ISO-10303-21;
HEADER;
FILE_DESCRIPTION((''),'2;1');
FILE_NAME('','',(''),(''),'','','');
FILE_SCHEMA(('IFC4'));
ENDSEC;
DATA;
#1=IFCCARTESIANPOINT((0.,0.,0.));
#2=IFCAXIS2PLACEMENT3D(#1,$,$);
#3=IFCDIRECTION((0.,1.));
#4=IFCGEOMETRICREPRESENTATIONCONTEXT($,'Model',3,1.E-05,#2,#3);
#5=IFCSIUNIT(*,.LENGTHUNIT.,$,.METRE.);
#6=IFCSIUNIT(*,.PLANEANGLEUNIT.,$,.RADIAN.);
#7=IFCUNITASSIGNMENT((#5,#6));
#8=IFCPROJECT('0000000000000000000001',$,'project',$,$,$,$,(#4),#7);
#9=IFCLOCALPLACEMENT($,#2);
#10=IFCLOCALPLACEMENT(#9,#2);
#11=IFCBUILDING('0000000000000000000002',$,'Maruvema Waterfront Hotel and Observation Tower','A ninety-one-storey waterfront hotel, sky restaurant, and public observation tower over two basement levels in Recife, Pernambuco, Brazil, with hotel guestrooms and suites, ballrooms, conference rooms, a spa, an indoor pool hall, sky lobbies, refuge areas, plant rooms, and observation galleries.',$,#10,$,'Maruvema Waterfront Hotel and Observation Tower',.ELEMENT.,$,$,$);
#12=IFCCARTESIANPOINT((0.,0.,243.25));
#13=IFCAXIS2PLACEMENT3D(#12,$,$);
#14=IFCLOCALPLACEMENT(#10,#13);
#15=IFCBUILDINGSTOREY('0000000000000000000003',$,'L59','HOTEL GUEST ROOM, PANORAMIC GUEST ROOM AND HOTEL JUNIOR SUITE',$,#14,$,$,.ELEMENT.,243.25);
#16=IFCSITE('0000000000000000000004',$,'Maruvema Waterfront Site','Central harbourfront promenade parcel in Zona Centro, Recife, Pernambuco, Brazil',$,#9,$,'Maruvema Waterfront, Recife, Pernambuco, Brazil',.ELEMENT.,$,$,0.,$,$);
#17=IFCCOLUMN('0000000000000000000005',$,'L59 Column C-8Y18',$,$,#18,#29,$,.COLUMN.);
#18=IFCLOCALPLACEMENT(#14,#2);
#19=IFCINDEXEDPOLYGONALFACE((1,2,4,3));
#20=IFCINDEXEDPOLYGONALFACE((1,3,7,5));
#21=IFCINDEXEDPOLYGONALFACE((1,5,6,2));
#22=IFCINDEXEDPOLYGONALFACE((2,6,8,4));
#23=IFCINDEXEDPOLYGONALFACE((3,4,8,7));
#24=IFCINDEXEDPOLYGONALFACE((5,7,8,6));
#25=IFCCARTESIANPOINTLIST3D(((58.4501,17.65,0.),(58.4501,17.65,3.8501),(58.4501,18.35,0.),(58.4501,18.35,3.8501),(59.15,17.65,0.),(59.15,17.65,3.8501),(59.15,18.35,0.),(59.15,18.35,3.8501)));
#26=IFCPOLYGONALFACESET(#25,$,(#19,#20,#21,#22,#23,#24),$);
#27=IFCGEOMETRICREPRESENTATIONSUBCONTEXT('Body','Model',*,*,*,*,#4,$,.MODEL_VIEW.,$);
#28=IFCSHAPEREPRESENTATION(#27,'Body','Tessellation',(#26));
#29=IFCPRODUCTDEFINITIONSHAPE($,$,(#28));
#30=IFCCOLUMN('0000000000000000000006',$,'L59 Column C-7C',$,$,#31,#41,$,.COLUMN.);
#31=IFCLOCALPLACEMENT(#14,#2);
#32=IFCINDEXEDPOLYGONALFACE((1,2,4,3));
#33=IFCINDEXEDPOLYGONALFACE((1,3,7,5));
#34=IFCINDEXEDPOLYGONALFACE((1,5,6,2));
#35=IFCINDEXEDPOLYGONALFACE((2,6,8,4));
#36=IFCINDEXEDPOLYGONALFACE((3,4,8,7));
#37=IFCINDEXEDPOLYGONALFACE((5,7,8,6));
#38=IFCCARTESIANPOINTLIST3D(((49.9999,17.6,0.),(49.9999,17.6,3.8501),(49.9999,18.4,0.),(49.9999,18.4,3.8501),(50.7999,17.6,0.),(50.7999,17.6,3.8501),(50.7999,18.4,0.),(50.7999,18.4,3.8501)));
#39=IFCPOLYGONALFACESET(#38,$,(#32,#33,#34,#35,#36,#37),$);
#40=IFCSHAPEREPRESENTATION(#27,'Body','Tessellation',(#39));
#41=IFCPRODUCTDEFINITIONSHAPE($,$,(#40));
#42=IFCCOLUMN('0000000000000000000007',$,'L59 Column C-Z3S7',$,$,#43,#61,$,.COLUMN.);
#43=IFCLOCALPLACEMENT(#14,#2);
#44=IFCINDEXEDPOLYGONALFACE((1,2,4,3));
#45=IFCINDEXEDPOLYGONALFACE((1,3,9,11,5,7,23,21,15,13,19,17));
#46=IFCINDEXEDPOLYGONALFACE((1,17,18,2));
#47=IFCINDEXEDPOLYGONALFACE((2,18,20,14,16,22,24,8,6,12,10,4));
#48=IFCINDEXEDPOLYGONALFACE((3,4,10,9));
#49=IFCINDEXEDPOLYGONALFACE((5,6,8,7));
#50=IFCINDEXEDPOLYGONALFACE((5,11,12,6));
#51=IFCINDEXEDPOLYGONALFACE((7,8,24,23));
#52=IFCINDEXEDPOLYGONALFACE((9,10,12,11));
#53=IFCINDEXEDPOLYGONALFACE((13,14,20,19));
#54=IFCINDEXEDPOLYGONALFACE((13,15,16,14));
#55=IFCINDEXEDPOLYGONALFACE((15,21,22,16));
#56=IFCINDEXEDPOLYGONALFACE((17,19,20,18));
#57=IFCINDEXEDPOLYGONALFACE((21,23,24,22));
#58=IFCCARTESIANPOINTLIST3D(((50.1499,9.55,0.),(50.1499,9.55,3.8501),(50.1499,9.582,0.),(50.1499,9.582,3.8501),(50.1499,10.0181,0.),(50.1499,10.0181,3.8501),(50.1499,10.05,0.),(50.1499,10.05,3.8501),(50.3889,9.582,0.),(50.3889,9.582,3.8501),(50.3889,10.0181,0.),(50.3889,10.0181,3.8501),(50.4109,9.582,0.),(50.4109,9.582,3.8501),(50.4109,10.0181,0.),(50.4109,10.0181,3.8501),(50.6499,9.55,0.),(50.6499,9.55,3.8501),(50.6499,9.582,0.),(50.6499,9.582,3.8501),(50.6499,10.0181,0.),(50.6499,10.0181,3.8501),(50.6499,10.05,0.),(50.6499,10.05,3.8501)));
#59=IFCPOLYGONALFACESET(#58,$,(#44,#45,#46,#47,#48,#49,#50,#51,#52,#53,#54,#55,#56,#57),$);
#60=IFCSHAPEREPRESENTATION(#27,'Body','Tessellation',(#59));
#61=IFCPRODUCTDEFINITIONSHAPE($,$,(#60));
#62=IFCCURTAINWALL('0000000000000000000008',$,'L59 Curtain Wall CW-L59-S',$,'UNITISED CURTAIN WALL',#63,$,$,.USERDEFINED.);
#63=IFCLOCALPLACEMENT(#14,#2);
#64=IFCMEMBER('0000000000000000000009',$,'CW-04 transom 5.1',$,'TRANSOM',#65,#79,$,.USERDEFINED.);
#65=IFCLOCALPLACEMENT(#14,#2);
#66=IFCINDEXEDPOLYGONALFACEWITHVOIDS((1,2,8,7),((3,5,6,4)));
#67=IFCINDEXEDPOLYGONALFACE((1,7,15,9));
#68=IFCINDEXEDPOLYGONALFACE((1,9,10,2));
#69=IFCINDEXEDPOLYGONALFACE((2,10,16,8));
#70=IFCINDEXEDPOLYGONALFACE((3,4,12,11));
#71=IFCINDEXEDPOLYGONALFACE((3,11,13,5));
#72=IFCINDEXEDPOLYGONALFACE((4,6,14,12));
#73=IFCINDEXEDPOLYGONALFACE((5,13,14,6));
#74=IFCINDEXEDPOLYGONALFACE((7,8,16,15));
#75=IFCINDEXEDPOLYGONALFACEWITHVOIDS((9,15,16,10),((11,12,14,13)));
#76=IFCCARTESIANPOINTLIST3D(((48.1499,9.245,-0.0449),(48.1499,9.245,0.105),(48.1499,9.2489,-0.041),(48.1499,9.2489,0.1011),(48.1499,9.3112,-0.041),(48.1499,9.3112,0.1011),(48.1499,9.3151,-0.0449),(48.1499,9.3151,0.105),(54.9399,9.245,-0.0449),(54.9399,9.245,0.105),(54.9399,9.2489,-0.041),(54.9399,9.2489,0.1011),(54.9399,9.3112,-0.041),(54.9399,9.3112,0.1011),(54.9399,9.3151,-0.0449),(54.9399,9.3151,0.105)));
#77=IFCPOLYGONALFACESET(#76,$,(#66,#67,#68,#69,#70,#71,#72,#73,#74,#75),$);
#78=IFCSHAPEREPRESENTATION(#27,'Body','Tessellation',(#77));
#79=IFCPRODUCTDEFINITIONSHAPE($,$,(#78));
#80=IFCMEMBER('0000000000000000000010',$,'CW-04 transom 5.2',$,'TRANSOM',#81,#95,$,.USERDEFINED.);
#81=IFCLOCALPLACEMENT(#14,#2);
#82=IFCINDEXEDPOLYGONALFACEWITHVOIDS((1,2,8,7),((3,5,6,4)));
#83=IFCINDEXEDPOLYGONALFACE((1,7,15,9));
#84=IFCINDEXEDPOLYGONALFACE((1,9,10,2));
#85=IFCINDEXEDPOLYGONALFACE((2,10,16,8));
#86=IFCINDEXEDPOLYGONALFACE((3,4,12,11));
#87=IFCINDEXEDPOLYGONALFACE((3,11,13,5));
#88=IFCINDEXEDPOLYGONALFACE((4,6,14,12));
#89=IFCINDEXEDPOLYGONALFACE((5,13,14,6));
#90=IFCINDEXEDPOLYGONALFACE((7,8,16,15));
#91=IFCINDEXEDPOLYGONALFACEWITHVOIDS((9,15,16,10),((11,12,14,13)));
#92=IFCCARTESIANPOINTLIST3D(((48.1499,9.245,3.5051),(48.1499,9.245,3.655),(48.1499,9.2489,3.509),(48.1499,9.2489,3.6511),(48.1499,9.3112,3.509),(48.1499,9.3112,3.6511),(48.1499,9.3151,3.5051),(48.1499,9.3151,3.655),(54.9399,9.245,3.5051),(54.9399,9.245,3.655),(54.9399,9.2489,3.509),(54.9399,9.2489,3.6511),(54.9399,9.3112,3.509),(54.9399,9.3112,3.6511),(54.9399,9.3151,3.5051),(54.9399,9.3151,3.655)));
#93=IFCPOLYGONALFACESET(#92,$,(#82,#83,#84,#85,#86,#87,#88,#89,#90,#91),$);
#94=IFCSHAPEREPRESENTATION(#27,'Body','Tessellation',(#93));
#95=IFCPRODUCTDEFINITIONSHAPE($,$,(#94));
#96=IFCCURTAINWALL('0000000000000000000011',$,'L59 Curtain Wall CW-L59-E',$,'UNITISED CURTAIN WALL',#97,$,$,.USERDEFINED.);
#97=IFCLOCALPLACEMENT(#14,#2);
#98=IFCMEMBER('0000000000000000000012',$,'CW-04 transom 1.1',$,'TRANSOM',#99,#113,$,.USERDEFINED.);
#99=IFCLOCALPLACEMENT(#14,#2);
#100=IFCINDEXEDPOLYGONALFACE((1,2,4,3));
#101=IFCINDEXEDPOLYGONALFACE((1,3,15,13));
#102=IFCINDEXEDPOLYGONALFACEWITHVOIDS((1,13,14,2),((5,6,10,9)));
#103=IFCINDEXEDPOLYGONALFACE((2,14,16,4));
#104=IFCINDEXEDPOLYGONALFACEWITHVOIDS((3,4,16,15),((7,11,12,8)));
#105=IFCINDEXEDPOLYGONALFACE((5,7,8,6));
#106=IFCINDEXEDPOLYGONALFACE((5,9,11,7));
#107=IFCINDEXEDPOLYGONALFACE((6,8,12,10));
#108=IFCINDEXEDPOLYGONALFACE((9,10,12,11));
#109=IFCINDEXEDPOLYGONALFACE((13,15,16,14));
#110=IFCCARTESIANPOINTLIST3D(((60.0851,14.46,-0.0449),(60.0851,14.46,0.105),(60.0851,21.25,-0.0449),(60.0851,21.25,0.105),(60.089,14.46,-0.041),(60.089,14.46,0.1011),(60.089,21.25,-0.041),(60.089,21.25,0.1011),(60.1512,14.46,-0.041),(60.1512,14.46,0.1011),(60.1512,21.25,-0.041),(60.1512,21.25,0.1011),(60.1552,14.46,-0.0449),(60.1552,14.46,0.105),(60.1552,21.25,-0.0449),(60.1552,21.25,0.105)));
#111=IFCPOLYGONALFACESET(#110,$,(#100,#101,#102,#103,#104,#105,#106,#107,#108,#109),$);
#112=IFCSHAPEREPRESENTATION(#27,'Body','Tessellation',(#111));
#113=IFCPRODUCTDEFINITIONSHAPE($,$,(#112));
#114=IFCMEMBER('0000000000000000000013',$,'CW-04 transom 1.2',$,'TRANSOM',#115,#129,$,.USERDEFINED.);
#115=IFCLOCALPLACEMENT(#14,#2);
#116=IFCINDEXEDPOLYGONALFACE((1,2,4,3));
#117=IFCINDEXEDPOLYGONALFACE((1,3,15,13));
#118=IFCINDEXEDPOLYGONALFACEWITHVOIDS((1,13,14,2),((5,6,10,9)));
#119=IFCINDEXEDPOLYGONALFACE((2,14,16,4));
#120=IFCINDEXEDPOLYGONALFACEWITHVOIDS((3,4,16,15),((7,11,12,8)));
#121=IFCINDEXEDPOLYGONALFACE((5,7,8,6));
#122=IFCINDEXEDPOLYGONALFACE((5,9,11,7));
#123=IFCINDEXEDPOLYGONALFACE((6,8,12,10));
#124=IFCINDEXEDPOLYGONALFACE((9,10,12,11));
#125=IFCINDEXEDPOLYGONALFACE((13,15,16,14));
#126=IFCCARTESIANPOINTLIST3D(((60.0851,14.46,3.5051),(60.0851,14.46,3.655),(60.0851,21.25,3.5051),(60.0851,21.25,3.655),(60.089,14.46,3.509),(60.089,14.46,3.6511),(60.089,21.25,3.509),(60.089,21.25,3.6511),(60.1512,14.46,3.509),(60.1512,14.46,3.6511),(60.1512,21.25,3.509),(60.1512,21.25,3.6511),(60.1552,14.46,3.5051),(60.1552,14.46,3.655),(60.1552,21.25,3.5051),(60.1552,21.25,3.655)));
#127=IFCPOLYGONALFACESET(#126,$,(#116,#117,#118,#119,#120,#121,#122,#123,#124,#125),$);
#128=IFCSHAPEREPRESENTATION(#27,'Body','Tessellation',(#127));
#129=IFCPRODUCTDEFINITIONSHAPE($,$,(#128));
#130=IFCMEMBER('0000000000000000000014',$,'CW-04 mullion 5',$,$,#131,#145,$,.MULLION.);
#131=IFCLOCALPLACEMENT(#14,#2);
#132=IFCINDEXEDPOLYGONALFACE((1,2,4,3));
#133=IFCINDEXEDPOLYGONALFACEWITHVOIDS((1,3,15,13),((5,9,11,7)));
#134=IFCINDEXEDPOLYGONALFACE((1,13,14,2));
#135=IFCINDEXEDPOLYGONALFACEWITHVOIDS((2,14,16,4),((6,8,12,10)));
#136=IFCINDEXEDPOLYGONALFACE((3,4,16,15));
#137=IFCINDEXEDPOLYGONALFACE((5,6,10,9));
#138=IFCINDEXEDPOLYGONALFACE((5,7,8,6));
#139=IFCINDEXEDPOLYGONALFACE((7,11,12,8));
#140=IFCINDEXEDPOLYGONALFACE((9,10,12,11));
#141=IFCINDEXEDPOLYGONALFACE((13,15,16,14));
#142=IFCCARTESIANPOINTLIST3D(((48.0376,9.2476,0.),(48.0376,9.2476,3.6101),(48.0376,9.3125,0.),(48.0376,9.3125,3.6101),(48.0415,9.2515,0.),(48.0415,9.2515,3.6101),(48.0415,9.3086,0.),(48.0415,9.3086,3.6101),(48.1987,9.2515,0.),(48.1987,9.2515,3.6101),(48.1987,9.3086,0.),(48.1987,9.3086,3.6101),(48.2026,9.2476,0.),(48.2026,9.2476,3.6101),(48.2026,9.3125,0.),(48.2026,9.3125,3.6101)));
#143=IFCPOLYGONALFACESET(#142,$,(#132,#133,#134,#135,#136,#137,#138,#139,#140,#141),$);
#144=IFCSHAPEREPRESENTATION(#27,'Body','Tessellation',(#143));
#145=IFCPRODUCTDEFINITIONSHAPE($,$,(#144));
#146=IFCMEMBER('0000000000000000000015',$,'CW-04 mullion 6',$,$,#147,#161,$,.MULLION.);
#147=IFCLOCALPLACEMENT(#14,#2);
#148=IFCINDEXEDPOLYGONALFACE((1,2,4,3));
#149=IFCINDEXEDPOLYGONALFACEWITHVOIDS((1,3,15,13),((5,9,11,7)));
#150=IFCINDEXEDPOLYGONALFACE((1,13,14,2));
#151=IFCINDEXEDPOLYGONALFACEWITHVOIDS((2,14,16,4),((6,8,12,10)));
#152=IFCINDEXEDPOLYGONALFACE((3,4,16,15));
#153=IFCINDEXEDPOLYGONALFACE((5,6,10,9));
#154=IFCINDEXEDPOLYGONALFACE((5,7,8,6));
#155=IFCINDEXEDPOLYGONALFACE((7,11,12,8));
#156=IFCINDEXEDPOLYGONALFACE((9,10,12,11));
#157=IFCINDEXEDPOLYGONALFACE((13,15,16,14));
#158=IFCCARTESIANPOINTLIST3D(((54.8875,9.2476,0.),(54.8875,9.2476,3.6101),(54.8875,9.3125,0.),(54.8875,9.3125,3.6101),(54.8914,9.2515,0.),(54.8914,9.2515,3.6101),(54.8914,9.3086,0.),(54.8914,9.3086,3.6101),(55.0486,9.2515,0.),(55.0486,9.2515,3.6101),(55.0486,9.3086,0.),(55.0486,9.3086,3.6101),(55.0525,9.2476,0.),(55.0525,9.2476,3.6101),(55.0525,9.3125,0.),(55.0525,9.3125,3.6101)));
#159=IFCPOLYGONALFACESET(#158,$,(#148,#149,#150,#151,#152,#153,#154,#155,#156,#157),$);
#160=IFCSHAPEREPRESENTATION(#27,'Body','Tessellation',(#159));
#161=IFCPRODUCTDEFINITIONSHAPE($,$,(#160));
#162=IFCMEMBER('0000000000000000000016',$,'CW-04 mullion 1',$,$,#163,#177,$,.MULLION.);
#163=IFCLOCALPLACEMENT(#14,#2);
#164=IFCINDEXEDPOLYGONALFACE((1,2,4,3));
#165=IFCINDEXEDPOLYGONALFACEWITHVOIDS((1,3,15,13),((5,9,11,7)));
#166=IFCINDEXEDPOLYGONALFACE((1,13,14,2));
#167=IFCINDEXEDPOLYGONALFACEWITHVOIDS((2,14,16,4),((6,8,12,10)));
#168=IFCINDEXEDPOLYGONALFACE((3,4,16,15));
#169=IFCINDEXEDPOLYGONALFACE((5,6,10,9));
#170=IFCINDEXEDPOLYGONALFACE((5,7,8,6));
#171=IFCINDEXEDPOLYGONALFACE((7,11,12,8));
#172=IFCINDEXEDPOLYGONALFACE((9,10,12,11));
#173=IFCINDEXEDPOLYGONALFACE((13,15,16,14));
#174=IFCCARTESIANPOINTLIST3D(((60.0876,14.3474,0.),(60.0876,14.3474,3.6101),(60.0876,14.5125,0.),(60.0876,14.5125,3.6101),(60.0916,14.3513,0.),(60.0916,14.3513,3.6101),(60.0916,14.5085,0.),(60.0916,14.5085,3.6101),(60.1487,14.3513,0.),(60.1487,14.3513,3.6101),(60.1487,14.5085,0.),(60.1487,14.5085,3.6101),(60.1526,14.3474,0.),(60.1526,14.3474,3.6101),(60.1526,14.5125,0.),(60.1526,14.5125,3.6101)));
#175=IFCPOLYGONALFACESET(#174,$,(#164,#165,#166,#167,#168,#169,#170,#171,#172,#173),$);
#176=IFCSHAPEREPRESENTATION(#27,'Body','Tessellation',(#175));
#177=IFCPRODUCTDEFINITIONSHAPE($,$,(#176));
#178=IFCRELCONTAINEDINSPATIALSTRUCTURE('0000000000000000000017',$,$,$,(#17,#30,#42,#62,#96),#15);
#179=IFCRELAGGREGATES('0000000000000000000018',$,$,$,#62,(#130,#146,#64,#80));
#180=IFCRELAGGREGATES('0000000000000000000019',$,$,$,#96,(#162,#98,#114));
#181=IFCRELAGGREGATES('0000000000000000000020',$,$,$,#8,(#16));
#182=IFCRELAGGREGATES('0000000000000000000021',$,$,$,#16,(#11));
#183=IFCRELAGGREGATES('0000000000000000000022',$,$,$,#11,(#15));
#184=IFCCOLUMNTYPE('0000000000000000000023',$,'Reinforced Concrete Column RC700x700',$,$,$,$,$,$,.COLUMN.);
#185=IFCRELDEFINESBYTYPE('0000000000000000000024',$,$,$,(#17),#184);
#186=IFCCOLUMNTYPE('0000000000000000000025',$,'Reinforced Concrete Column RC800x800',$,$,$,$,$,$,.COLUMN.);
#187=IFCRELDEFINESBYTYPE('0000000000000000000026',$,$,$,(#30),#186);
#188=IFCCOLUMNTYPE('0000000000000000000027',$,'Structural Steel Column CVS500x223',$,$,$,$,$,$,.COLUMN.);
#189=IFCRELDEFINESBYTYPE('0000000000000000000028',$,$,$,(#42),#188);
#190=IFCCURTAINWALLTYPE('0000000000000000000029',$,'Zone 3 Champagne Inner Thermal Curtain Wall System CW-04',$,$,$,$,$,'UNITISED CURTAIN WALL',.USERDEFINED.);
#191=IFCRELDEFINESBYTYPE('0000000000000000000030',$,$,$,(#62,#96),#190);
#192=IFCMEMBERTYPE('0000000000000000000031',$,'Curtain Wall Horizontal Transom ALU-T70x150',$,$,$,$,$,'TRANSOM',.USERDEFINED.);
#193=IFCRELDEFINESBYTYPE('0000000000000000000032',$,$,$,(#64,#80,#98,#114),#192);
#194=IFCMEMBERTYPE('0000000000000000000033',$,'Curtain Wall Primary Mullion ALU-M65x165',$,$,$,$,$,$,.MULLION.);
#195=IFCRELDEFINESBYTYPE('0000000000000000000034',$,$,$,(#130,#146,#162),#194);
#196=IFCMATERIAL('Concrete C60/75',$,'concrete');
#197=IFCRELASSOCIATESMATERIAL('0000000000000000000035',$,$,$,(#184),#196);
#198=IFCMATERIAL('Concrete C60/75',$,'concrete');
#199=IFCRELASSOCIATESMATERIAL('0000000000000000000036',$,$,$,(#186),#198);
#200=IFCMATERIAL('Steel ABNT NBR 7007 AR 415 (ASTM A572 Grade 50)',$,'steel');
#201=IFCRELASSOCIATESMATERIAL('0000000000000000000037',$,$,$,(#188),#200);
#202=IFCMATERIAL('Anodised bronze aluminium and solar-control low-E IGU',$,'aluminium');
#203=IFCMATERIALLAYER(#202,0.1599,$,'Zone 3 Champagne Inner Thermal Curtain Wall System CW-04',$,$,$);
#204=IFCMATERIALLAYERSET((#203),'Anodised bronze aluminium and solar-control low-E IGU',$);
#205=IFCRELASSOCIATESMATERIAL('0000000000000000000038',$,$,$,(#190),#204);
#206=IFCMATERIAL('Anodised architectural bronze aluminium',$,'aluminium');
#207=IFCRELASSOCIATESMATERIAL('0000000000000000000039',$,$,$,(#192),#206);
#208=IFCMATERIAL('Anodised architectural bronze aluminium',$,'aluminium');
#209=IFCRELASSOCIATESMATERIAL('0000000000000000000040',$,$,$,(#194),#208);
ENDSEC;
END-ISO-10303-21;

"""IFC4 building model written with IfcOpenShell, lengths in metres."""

from ifc_helpers import new_model, si_unit, direction, frame, origin, origin_2d, place, context, subcontext, project, spatial, rectangle, hollow_rectangle, i_section, extrude, material, layer, layer_set, material_profile, profile_set, type_object, element, aggregate, save


model = new_model("IFC4")

# Units and contexts
model_context = context("Model", 3, precision=1e-05, world=origin(), true_north=direction((0.0, 1.0)))
body_context = subcontext(model_context, "Body", "Model", "MODEL_VIEW")
ifc_project = project(units=[si_unit("LENGTHUNIT", "METRE"), si_unit("PLANEANGLEUNIT", "RADIAN")], contexts=[model_context])

# Site, building, storey
site_placement = place(None, origin())
site = spatial("IfcSite", under=ifc_project, at=site_placement, Name="Maruvema Waterfront Site", Description="Central harbourfront promenade parcel in Zona Centro, Recife, Pernambuco, Brazil", LongName="Maruvema Waterfront, Recife, Pernambuco, Brazil", CompositionType="ELEMENT", RefElevation=0.0)
building_placement = place(site_placement, origin())
building = spatial("IfcBuilding", under=site, at=building_placement, Name="Maruvema Waterfront Hotel and Observation Tower", Description="A ninety-one-storey waterfront hotel, sky restaurant, and public observation tower over two basement levels in Recife, Pernambuco, Brazil, with hotel guestrooms and suites, ballrooms, conference rooms, a spa, an indoor pool hall, sky lobbies, refuge areas, plant rooms, and observation galleries.", LongName="Maruvema Waterfront Hotel and Observation Tower", CompositionType="ELEMENT")
storey_placement = place(building_placement, frame((0.0, 0.0, 243.25)))
storey = spatial("IfcBuildingStorey", under=building, at=storey_placement, Name="L59", Description="HOTEL GUEST ROOM, PANORAMIC GUEST ROOM AND HOTEL JUNIOR SUITE", CompositionType="ELEMENT", Elevation=243.25)

# Columns
ifc_material_1 = material(Name="Concrete C60/75", Category="concrete")
ifc_material_profile_1 = material_profile(ifc_material_1, rectangle(XDim=0.7, YDim=0.7, at=origin_2d()), Name="RC700x700")
ifc_profile_set_1 = profile_set([ifc_material_profile_1], Name="Concrete C60/75")
column_type_1 = type_object("IfcColumnType", Name="Reinforced Concrete Column RC700x700", PredefinedType="COLUMN", material=ifc_profile_set_1)
column_1_placement = place(storey_placement, frame((58.8, 18.0, 0.0), z_axis=(0.0, 0.0, 1.0), x_axis=(1.0, 0.0, 0.0)))
element("IfcColumn", 1, at=column_1_placement, inside=storey, type_object=column_type_1, Name="L59 Column C-8Y18", PredefinedType="COLUMN", context=body_context, shape_type="SweptSolid", body=[
    extrude(rectangle(XDim=0.7, YDim=0.7, at=origin_2d()), origin(), (0.0, 0.0, 1.0), 3.8501),
])
ifc_material_2 = material(Name="Concrete C60/75", Category="concrete")
ifc_material_profile_2 = material_profile(ifc_material_2, rectangle(XDim=0.8, YDim=0.8, at=origin_2d()), Name="RC800x800")
ifc_profile_set_2 = profile_set([ifc_material_profile_2], Name="Concrete C60/75")
column_type_2 = type_object("IfcColumnType", Name="Reinforced Concrete Column RC800x800", PredefinedType="COLUMN", material=ifc_profile_set_2)
column_2_placement = place(storey_placement, frame((50.3999, 18.0, 0.0), z_axis=(0.0, 0.0, 1.0), x_axis=(1.0, 0.0, 0.0)))
element("IfcColumn", 2, at=column_2_placement, inside=storey, type_object=column_type_2, Name="L59 Column C-7C", PredefinedType="COLUMN", context=body_context, shape_type="SweptSolid", body=[
    extrude(rectangle(XDim=0.8, YDim=0.8, at=origin_2d()), origin(), (0.0, 0.0, 1.0), 3.8501),
])
ifc_material_3 = material(Name="Steel ABNT NBR 7007 AR 415 (ASTM A572 Grade 50)", Category="steel")
ifc_material_profile_3 = material_profile(ifc_material_3, i_section(OverallWidth=0.5, OverallDepth=0.5, WebThickness=0.022, FlangeThickness=0.032, at=origin_2d()), Name="CVS500x223")
ifc_profile_set_3 = profile_set([ifc_material_profile_3], Name="Steel ABNT NBR 7007 AR 415 (ASTM A572 Grade 50)")
column_type_3 = type_object("IfcColumnType", Name="Structural Steel Column CVS500x223", PredefinedType="COLUMN", material=ifc_profile_set_3)
column_3_placement = place(storey_placement, frame((50.3999, 9.8, 0.0), z_axis=(0.0, 0.0, 1.0), x_axis=(1.0, 0.0, 0.0)))
element("IfcColumn", 3, at=column_3_placement, inside=storey, type_object=column_type_3, Name="L59 Column C-Z3S7", PredefinedType="COLUMN", context=body_context, shape_type="SweptSolid", body=[
    extrude(i_section(OverallWidth=0.5, OverallDepth=0.5, WebThickness=0.022, FlangeThickness=0.032, at=origin_2d()), origin(), (0.0, 0.0, 1.0), 3.8501),
])

# Curtain walls, members
ifc_material_4 = material(Name="Anodised bronze aluminium and solar-control low-E IGU", Category="aluminium")
ifc_layer_1 = layer(ifc_material_4, 0.1599, Name="Zone 3 Champagne Inner Thermal Curtain Wall System CW-04")
ifc_layer_set_1 = layer_set([ifc_layer_1], Name="Anodised bronze aluminium and solar-control low-E IGU")
curtain_wall_type = type_object("IfcCurtainWallType", Name="Zone 3 Champagne Inner Thermal Curtain Wall System CW-04", ElementType="UNITISED CURTAIN WALL", PredefinedType="USERDEFINED", material=ifc_layer_set_1)
curtain_wall_1_placement = place(storey_placement, origin())
curtain_wall_1 = element("IfcCurtainWall", 4, at=curtain_wall_1_placement, inside=storey, type_object=curtain_wall_type, Name="L59 Curtain Wall CW-L59-S", ObjectType="UNITISED CURTAIN WALL", PredefinedType="USERDEFINED")
ifc_material_5 = material(Name="Anodised architectural bronze aluminium", Category="aluminium")
ifc_material_profile_4 = material_profile(ifc_material_5, hollow_rectangle(XDim=0.0701, YDim=0.1499, WallThickness=0.0039, at=origin_2d()), Name="ALU-T70x150")
ifc_profile_set_4 = profile_set([ifc_material_profile_4], Name="Anodised architectural bronze aluminium")
member_type_1 = type_object("IfcMemberType", Name="Curtain Wall Horizontal Transom ALU-T70x150", ElementType="TRANSOM", PredefinedType="USERDEFINED", material=ifc_profile_set_4)
member_1_placement = place(storey_placement, frame((48.1499, 9.28, 0.03), z_axis=(1.0, 0.0, 0.0), x_axis=(0.0, 1.0, 0.0)))
member_1 = element("IfcMember", 5, at=member_1_placement, type_object=member_type_1, Name="CW-04 transom 5.1", ObjectType="TRANSOM", PredefinedType="USERDEFINED", context=body_context, shape_type="SweptSolid", body=[
    extrude(hollow_rectangle(XDim=0.0701, YDim=0.1499, WallThickness=0.0039, at=origin_2d()), origin(), (0.0, 0.0, 1.0), 6.79),
])
member_2_placement = place(storey_placement, frame((48.1499, 9.28, 3.5801), z_axis=(1.0, 0.0, 0.0), x_axis=(0.0, 1.0, 0.0)))
member_2 = element("IfcMember", 6, at=member_2_placement, type_object=member_type_1, Name="CW-04 transom 5.2", ObjectType="TRANSOM", PredefinedType="USERDEFINED", context=body_context, shape_type="SweptSolid", body=[
    extrude(hollow_rectangle(XDim=0.0701, YDim=0.1499, WallThickness=0.0039, at=origin_2d()), origin(), (0.0, 0.0, 1.0), 6.79),
])
curtain_wall_2_placement = place(storey_placement, origin())
curtain_wall_2 = element("IfcCurtainWall", 7, at=curtain_wall_2_placement, inside=storey, type_object=curtain_wall_type, Name="L59 Curtain Wall CW-L59-E", ObjectType="UNITISED CURTAIN WALL", PredefinedType="USERDEFINED")
member_3_placement = place(storey_placement, frame((60.1201, 14.46, 0.03), z_axis=(0.0, 1.0, 0.0), x_axis=(-1.0, 0.0, 0.0)))
member_3 = element("IfcMember", 8, at=member_3_placement, type_object=member_type_1, Name="CW-04 transom 1.1", ObjectType="TRANSOM", PredefinedType="USERDEFINED", context=body_context, shape_type="SweptSolid", body=[
    extrude(hollow_rectangle(XDim=0.0701, YDim=0.1499, WallThickness=0.0039, at=origin_2d()), origin(), (0.0, 0.0, 1.0), 6.79),
])
member_4_placement = place(storey_placement, frame((60.1201, 14.46, 3.5801), z_axis=(0.0, 1.0, 0.0), x_axis=(-1.0, 0.0, 0.0)))
member_4 = element("IfcMember", 9, at=member_4_placement, type_object=member_type_1, Name="CW-04 transom 1.2", ObjectType="TRANSOM", PredefinedType="USERDEFINED", context=body_context, shape_type="SweptSolid", body=[
    extrude(hollow_rectangle(XDim=0.0701, YDim=0.1499, WallThickness=0.0039, at=origin_2d()), origin(), (0.0, 0.0, 1.0), 6.79),
])

# Members
ifc_material_6 = material(Name="Anodised architectural bronze aluminium", Category="aluminium")
ifc_material_profile_5 = material_profile(ifc_material_6, hollow_rectangle(XDim=0.0649, YDim=0.165, WallThickness=0.0039, at=origin_2d()), Name="ALU-M65x165")
ifc_profile_set_5 = profile_set([ifc_material_profile_5], Name="Anodised architectural bronze aluminium")
member_type_2 = type_object("IfcMemberType", Name="Curtain Wall Primary Mullion ALU-M65x165", PredefinedType="MULLION", material=ifc_profile_set_5)
member_5_placement = place(storey_placement, frame((48.1201, 9.28, 0.0), z_axis=(0.0, 0.0, 1.0), x_axis=(0.0, 1.0, 0.0)))
member_5 = element("IfcMember", 10, at=member_5_placement, type_object=member_type_2, Name="CW-04 mullion 5", PredefinedType="MULLION", context=body_context, shape_type="SweptSolid", body=[
    extrude(hollow_rectangle(XDim=0.0649, YDim=0.165, WallThickness=0.0039, at=origin_2d()), origin(), (0.0, 0.0, 1.0), 3.6101),
])
member_6_placement = place(storey_placement, frame((54.97, 9.28, 0.0), z_axis=(0.0, 0.0, 1.0), x_axis=(0.0, 1.0, 0.0)))
member_6 = element("IfcMember", 11, at=member_6_placement, type_object=member_type_2, Name="CW-04 mullion 6", PredefinedType="MULLION", context=body_context, shape_type="SweptSolid", body=[
    extrude(hollow_rectangle(XDim=0.0649, YDim=0.165, WallThickness=0.0039, at=origin_2d()), origin(), (0.0, 0.0, 1.0), 3.6101),
])
member_7_placement = place(storey_placement, frame((60.1201, 14.4299, 0.0), z_axis=(0.0, 0.0, 1.0), x_axis=(-1.0, 0.0, 0.0)))
member_7 = element("IfcMember", 12, at=member_7_placement, type_object=member_type_2, Name="CW-04 mullion 1", PredefinedType="MULLION", context=body_context, shape_type="SweptSolid", body=[
    extrude(hollow_rectangle(XDim=0.0649, YDim=0.165, WallThickness=0.0039, at=origin_2d()), origin(), (0.0, 0.0, 1.0), 3.6101),
])

aggregate(curtain_wall_1, [member_5, member_6, member_1, member_2])
aggregate(curtain_wall_2, [member_7, member_3, member_4])

save(model, "model.ifc")
